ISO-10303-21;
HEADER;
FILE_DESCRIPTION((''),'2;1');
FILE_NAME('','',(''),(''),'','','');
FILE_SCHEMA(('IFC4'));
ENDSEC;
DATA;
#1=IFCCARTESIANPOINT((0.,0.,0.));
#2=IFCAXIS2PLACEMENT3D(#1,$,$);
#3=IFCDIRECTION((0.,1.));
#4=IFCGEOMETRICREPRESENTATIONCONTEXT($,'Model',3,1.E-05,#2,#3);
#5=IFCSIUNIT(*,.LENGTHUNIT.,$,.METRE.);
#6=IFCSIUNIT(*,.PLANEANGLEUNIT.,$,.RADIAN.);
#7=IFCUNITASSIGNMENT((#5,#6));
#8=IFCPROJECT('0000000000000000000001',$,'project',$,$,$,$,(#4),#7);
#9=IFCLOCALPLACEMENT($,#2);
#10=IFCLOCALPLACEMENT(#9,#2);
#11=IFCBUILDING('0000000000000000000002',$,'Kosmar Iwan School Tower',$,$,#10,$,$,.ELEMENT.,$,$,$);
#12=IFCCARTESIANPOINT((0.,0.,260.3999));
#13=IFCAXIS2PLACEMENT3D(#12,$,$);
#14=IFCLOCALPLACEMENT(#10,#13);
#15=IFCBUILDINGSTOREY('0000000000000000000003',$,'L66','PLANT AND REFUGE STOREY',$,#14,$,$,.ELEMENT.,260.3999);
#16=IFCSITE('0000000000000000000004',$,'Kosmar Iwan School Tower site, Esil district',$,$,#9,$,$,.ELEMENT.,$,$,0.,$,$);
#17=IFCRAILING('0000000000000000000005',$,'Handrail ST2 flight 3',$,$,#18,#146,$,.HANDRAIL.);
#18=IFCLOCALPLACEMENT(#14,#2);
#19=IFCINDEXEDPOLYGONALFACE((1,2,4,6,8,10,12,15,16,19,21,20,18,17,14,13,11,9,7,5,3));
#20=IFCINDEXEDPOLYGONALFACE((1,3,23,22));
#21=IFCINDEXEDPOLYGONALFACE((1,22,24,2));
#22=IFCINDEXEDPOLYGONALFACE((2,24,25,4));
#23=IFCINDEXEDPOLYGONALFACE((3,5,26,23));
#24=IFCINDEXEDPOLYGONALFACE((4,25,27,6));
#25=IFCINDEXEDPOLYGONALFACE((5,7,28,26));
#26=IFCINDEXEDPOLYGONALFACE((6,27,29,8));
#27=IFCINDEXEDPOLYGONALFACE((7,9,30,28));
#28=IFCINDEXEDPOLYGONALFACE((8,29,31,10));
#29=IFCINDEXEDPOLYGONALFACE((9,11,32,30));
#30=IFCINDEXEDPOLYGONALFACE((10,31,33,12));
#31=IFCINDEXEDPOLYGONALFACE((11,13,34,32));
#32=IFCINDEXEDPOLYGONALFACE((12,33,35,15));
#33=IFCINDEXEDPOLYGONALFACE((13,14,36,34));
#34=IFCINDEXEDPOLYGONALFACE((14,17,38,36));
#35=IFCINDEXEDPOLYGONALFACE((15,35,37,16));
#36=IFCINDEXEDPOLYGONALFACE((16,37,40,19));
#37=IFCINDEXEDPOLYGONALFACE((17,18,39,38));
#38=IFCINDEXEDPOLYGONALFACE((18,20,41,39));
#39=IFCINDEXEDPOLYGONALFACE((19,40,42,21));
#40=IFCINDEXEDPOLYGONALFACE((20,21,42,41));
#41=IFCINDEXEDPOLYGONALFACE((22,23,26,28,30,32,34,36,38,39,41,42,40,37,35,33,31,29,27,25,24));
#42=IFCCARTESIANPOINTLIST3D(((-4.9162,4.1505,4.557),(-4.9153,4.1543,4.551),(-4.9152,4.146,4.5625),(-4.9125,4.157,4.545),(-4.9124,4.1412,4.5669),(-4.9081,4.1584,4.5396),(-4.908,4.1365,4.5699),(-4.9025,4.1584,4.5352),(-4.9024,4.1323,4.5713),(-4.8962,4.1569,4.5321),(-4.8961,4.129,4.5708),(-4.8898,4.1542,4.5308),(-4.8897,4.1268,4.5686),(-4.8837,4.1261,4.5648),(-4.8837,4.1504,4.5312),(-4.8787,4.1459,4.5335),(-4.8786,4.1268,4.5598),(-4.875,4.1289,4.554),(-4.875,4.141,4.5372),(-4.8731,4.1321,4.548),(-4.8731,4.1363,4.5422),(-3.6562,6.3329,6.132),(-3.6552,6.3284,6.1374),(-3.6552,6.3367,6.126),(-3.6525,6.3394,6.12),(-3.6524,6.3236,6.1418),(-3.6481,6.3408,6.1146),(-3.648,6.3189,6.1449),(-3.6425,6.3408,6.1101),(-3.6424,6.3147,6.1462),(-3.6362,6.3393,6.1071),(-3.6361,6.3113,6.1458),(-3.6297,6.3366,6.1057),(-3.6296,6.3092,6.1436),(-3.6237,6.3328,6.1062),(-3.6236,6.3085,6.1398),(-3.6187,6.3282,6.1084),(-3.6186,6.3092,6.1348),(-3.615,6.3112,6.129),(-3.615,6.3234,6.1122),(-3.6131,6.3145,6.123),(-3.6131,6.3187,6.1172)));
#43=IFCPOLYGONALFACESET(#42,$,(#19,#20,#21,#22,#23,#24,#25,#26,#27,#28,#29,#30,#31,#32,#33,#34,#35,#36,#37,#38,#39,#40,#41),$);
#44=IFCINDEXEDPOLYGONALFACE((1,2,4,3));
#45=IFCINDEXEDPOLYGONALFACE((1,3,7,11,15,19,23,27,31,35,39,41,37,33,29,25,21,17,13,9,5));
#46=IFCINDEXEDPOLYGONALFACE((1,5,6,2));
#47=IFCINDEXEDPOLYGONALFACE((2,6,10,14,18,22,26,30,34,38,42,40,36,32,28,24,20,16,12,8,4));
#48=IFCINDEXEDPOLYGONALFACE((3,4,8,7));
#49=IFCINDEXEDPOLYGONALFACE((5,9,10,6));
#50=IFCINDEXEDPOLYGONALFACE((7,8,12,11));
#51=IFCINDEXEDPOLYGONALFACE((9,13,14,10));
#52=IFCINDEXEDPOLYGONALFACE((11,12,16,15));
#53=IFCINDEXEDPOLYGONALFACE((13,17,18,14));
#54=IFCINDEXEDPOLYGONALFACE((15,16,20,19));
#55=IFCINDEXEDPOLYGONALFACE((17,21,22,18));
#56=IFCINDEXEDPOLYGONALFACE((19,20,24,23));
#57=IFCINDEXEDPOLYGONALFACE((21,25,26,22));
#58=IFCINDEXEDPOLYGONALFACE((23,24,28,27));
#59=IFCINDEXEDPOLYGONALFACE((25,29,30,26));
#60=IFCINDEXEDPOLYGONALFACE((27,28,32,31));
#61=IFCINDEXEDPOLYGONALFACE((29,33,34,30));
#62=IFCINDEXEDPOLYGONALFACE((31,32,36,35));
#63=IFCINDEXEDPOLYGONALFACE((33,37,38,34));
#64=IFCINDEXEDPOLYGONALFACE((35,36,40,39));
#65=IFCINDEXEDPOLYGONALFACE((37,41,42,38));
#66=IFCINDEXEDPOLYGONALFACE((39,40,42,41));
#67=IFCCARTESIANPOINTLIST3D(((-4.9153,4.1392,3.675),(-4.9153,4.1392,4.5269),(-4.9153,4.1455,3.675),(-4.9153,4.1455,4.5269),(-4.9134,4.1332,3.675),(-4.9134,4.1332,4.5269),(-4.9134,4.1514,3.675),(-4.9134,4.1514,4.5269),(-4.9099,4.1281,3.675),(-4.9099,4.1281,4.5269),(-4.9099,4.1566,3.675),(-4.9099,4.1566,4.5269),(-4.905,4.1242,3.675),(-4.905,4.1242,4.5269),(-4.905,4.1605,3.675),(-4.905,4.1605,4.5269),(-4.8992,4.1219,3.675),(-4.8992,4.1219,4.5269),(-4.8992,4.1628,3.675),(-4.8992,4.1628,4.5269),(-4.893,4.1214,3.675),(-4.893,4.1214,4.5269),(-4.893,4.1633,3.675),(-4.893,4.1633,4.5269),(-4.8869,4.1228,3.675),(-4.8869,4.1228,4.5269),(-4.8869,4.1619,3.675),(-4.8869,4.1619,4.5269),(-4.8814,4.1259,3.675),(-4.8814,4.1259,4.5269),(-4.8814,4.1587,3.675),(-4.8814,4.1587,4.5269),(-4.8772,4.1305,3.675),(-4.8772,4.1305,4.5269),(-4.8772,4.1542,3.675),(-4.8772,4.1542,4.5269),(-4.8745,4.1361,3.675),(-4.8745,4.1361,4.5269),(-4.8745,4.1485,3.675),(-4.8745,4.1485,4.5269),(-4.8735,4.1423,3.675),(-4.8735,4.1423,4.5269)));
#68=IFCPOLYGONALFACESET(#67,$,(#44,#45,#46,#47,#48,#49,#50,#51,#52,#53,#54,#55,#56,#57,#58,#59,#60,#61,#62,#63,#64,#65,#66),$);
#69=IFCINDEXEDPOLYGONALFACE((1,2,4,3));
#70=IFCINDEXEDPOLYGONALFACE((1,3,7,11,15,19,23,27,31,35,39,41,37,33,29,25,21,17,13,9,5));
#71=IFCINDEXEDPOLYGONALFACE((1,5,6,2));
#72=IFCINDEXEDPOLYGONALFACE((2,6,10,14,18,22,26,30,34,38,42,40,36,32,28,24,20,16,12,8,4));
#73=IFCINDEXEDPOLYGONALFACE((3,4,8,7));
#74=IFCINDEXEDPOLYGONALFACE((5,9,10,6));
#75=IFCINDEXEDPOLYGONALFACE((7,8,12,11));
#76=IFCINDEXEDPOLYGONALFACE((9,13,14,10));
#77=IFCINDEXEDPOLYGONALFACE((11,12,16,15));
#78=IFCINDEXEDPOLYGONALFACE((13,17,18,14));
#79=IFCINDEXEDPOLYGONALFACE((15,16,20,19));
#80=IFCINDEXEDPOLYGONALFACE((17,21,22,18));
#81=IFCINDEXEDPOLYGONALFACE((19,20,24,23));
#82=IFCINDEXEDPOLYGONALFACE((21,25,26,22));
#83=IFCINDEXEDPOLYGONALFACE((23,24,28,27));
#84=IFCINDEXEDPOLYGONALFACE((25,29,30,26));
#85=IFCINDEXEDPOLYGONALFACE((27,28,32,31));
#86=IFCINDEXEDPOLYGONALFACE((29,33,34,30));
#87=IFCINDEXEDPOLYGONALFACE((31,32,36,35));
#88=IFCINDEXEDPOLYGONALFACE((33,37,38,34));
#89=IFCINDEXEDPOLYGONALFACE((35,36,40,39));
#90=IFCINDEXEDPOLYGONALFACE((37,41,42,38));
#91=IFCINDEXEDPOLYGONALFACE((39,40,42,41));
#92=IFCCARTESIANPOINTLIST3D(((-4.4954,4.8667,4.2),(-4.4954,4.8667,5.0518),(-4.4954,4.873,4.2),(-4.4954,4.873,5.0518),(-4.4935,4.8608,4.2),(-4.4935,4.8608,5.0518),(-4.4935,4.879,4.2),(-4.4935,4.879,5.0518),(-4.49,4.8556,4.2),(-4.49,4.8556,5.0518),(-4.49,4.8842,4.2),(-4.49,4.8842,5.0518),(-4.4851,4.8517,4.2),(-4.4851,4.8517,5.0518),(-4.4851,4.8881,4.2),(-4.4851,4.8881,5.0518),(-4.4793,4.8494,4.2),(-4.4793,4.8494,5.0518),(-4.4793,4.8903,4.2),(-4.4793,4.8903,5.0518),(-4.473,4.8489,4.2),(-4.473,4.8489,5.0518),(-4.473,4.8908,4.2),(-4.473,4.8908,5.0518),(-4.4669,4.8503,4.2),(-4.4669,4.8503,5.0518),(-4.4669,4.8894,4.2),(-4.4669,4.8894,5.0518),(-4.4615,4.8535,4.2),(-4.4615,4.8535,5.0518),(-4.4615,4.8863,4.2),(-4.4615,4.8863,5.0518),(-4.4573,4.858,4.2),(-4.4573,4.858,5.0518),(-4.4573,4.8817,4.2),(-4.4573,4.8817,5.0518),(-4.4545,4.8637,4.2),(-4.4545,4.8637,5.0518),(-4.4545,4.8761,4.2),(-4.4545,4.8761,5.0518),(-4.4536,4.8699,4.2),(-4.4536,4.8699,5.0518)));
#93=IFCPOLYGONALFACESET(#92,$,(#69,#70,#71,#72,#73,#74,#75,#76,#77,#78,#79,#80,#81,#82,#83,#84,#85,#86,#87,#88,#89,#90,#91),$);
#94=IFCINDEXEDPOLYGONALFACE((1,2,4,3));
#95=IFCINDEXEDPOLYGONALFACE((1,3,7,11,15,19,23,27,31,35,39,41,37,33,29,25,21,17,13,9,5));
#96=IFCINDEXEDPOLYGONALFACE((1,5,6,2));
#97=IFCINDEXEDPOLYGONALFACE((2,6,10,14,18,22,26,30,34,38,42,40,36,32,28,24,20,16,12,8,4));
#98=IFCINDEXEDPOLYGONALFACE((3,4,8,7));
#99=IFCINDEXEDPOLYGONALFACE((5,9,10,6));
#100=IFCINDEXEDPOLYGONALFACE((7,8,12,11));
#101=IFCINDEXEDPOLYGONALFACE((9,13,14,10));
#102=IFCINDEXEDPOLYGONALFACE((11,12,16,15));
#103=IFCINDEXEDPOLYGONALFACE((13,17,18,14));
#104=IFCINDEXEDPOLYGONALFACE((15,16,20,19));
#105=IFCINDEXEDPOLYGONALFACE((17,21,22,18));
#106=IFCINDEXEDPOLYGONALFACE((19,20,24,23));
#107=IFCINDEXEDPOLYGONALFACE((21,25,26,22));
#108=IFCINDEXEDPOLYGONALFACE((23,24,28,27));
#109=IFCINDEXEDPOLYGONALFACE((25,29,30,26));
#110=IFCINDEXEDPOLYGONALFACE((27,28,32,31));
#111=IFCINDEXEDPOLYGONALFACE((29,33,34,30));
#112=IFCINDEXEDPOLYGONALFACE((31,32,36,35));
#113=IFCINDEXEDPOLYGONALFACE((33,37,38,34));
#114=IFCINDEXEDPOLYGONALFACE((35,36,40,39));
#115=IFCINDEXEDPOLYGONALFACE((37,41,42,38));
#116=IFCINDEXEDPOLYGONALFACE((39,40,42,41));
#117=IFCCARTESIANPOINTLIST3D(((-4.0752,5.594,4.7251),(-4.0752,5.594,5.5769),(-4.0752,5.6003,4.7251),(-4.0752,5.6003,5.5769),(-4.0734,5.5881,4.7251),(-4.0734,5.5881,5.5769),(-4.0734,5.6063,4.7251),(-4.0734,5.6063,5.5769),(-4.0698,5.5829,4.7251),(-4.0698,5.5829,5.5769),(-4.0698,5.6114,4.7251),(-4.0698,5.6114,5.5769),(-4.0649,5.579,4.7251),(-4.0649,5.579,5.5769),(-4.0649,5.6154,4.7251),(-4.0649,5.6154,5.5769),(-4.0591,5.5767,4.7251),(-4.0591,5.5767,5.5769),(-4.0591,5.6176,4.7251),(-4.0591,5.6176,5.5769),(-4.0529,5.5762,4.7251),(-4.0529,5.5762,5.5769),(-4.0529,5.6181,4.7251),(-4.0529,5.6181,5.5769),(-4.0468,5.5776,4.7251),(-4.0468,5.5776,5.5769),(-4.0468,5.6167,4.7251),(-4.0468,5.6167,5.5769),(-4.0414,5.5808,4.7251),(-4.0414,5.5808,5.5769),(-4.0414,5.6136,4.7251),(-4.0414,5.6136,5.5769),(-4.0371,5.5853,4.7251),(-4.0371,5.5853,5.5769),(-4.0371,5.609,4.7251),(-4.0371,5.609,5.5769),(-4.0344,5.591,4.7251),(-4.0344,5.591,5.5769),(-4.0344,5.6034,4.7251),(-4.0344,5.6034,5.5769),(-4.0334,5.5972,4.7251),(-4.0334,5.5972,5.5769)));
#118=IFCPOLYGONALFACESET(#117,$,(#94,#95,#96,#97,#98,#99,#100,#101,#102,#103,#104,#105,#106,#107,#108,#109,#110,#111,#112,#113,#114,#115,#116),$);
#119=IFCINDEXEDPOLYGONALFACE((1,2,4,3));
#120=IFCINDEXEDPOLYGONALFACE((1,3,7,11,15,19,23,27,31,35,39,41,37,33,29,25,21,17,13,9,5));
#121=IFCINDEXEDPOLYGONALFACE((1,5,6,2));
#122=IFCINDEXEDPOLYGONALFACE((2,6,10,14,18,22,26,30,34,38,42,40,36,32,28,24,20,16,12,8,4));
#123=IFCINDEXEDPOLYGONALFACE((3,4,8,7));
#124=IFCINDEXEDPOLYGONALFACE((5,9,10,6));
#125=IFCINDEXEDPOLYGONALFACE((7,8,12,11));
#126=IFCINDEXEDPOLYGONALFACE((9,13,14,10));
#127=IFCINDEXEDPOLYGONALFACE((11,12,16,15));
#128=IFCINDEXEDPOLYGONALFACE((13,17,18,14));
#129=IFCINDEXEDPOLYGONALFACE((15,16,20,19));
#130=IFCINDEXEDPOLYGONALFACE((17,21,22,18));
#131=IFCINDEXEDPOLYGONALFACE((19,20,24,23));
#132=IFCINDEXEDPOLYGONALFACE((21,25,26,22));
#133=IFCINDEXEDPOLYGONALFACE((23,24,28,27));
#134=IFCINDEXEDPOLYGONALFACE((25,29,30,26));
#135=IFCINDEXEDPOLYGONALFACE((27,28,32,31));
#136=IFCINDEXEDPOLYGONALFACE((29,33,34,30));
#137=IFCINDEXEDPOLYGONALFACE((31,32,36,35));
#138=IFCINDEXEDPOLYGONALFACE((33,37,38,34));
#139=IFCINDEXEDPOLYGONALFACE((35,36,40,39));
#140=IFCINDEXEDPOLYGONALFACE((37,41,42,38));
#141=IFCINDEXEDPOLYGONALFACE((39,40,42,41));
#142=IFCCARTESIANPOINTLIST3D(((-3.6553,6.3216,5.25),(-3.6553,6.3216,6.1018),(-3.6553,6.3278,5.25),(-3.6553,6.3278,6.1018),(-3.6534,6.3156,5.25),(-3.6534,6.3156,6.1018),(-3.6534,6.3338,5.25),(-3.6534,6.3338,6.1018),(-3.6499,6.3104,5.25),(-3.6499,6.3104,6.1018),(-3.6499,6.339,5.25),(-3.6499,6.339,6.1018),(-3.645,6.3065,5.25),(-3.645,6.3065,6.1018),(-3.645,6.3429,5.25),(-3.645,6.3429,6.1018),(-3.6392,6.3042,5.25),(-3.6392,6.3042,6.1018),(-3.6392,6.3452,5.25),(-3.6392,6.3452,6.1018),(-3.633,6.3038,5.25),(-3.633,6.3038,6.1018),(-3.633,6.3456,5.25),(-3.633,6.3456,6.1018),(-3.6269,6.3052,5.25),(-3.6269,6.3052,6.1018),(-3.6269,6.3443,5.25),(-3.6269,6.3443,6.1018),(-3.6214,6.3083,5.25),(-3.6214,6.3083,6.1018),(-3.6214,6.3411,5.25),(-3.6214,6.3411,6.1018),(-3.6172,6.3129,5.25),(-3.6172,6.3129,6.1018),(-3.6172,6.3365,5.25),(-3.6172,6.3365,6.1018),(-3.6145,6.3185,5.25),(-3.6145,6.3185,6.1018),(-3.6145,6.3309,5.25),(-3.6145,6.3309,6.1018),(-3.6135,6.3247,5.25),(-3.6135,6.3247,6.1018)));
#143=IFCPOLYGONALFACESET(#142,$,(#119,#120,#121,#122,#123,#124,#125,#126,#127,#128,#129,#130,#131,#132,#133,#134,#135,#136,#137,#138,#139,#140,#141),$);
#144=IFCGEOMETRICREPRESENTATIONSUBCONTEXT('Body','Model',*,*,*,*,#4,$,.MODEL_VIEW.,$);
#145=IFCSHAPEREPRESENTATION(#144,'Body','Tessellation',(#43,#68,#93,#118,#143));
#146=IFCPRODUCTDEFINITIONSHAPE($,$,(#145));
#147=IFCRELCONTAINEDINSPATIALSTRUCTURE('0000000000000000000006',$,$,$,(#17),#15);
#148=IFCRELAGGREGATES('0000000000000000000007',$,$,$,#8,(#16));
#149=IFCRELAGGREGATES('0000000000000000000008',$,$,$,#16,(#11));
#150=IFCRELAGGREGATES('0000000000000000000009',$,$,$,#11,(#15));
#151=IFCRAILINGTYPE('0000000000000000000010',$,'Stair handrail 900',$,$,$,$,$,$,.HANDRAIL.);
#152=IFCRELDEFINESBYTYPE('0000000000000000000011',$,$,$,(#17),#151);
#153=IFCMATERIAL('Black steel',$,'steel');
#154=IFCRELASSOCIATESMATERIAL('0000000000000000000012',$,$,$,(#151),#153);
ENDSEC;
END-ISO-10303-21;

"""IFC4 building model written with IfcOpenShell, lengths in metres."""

from ifc_helpers import new_model, si_unit, direction, frame, origin, origin_2d, place, context, subcontext, project, spatial, circle, extrude, material, type_object, element, save


model = new_model("IFC4")

# Units and contexts
model_context = context("Model", 3, precision=1e-05, world=origin(), true_north=direction((0.0, 1.0)))
body_context = subcontext(model_context, "Body", "Model", "MODEL_VIEW")
ifc_project = project(units=[si_unit("LENGTHUNIT", "METRE"), si_unit("PLANEANGLEUNIT", "RADIAN")], contexts=[model_context])

# Site, building, storey
site_placement = place(None, origin())
site = spatial("IfcSite", under=ifc_project, at=site_placement, Name="Kosmar Iwan School Tower site, Esil district", CompositionType="ELEMENT", RefElevation=0.0)
building_placement = place(site_placement, origin())
building = spatial("IfcBuilding", under=site, at=building_placement, Name="Kosmar Iwan School Tower", CompositionType="ELEMENT")
storey_placement = place(building_placement, frame((0.0, 0.0, 260.3999)))
storey = spatial("IfcBuildingStorey", under=building, at=storey_placement, Name="L66", Description="PLANT AND REFUGE STOREY", CompositionType="ELEMENT", Elevation=260.3999)

# Railing
ifc_material_1 = material(Name="Black steel", Category="steel")
railing_type = type_object("IfcRailingType", Name="Stair handrail 900", PredefinedType="HANDRAIL", material=ifc_material_1)
railing_placement = place(storey_placement, frame((-4.8945, 4.1423, 3.675)))
element("IfcRailing", 1, at=railing_placement, inside=storey, type_object=railing_type, Name="Handrail ST2 flight 3", PredefinedType="HANDRAIL", context=body_context, shape_type="SweptSolid", body=[
    extrude(circle(Radius=0.0239, at=origin_2d()), frame((0.0, 0.0, 0.876), z_axis=(0.424007, 0.734392, 0.529988), x_axis=(-0.866023, 0.500005, 0.0)), (0.0, 0.0, 1.0), 2.9717),
    extrude(circle(Radius=0.021, at=origin_2d()), origin(), (0.0, 0.0, 1.0), 0.8518),
    extrude(circle(Radius=0.021, at=origin_2d()), frame((0.4199, 0.7275, 0.5249)), (0.0, 0.0, 1.0), 0.8518),
    extrude(circle(Radius=0.021, at=origin_2d()), frame((0.8401, 1.4548, 1.05)), (0.0, 0.0, 1.0), 0.8518),
    extrude(circle(Radius=0.021, at=origin_2d()), frame((1.26, 2.1824, 1.575)), (0.0, 0.0, 1.0), 0.8518),
])

save(model, "model.ifc")
